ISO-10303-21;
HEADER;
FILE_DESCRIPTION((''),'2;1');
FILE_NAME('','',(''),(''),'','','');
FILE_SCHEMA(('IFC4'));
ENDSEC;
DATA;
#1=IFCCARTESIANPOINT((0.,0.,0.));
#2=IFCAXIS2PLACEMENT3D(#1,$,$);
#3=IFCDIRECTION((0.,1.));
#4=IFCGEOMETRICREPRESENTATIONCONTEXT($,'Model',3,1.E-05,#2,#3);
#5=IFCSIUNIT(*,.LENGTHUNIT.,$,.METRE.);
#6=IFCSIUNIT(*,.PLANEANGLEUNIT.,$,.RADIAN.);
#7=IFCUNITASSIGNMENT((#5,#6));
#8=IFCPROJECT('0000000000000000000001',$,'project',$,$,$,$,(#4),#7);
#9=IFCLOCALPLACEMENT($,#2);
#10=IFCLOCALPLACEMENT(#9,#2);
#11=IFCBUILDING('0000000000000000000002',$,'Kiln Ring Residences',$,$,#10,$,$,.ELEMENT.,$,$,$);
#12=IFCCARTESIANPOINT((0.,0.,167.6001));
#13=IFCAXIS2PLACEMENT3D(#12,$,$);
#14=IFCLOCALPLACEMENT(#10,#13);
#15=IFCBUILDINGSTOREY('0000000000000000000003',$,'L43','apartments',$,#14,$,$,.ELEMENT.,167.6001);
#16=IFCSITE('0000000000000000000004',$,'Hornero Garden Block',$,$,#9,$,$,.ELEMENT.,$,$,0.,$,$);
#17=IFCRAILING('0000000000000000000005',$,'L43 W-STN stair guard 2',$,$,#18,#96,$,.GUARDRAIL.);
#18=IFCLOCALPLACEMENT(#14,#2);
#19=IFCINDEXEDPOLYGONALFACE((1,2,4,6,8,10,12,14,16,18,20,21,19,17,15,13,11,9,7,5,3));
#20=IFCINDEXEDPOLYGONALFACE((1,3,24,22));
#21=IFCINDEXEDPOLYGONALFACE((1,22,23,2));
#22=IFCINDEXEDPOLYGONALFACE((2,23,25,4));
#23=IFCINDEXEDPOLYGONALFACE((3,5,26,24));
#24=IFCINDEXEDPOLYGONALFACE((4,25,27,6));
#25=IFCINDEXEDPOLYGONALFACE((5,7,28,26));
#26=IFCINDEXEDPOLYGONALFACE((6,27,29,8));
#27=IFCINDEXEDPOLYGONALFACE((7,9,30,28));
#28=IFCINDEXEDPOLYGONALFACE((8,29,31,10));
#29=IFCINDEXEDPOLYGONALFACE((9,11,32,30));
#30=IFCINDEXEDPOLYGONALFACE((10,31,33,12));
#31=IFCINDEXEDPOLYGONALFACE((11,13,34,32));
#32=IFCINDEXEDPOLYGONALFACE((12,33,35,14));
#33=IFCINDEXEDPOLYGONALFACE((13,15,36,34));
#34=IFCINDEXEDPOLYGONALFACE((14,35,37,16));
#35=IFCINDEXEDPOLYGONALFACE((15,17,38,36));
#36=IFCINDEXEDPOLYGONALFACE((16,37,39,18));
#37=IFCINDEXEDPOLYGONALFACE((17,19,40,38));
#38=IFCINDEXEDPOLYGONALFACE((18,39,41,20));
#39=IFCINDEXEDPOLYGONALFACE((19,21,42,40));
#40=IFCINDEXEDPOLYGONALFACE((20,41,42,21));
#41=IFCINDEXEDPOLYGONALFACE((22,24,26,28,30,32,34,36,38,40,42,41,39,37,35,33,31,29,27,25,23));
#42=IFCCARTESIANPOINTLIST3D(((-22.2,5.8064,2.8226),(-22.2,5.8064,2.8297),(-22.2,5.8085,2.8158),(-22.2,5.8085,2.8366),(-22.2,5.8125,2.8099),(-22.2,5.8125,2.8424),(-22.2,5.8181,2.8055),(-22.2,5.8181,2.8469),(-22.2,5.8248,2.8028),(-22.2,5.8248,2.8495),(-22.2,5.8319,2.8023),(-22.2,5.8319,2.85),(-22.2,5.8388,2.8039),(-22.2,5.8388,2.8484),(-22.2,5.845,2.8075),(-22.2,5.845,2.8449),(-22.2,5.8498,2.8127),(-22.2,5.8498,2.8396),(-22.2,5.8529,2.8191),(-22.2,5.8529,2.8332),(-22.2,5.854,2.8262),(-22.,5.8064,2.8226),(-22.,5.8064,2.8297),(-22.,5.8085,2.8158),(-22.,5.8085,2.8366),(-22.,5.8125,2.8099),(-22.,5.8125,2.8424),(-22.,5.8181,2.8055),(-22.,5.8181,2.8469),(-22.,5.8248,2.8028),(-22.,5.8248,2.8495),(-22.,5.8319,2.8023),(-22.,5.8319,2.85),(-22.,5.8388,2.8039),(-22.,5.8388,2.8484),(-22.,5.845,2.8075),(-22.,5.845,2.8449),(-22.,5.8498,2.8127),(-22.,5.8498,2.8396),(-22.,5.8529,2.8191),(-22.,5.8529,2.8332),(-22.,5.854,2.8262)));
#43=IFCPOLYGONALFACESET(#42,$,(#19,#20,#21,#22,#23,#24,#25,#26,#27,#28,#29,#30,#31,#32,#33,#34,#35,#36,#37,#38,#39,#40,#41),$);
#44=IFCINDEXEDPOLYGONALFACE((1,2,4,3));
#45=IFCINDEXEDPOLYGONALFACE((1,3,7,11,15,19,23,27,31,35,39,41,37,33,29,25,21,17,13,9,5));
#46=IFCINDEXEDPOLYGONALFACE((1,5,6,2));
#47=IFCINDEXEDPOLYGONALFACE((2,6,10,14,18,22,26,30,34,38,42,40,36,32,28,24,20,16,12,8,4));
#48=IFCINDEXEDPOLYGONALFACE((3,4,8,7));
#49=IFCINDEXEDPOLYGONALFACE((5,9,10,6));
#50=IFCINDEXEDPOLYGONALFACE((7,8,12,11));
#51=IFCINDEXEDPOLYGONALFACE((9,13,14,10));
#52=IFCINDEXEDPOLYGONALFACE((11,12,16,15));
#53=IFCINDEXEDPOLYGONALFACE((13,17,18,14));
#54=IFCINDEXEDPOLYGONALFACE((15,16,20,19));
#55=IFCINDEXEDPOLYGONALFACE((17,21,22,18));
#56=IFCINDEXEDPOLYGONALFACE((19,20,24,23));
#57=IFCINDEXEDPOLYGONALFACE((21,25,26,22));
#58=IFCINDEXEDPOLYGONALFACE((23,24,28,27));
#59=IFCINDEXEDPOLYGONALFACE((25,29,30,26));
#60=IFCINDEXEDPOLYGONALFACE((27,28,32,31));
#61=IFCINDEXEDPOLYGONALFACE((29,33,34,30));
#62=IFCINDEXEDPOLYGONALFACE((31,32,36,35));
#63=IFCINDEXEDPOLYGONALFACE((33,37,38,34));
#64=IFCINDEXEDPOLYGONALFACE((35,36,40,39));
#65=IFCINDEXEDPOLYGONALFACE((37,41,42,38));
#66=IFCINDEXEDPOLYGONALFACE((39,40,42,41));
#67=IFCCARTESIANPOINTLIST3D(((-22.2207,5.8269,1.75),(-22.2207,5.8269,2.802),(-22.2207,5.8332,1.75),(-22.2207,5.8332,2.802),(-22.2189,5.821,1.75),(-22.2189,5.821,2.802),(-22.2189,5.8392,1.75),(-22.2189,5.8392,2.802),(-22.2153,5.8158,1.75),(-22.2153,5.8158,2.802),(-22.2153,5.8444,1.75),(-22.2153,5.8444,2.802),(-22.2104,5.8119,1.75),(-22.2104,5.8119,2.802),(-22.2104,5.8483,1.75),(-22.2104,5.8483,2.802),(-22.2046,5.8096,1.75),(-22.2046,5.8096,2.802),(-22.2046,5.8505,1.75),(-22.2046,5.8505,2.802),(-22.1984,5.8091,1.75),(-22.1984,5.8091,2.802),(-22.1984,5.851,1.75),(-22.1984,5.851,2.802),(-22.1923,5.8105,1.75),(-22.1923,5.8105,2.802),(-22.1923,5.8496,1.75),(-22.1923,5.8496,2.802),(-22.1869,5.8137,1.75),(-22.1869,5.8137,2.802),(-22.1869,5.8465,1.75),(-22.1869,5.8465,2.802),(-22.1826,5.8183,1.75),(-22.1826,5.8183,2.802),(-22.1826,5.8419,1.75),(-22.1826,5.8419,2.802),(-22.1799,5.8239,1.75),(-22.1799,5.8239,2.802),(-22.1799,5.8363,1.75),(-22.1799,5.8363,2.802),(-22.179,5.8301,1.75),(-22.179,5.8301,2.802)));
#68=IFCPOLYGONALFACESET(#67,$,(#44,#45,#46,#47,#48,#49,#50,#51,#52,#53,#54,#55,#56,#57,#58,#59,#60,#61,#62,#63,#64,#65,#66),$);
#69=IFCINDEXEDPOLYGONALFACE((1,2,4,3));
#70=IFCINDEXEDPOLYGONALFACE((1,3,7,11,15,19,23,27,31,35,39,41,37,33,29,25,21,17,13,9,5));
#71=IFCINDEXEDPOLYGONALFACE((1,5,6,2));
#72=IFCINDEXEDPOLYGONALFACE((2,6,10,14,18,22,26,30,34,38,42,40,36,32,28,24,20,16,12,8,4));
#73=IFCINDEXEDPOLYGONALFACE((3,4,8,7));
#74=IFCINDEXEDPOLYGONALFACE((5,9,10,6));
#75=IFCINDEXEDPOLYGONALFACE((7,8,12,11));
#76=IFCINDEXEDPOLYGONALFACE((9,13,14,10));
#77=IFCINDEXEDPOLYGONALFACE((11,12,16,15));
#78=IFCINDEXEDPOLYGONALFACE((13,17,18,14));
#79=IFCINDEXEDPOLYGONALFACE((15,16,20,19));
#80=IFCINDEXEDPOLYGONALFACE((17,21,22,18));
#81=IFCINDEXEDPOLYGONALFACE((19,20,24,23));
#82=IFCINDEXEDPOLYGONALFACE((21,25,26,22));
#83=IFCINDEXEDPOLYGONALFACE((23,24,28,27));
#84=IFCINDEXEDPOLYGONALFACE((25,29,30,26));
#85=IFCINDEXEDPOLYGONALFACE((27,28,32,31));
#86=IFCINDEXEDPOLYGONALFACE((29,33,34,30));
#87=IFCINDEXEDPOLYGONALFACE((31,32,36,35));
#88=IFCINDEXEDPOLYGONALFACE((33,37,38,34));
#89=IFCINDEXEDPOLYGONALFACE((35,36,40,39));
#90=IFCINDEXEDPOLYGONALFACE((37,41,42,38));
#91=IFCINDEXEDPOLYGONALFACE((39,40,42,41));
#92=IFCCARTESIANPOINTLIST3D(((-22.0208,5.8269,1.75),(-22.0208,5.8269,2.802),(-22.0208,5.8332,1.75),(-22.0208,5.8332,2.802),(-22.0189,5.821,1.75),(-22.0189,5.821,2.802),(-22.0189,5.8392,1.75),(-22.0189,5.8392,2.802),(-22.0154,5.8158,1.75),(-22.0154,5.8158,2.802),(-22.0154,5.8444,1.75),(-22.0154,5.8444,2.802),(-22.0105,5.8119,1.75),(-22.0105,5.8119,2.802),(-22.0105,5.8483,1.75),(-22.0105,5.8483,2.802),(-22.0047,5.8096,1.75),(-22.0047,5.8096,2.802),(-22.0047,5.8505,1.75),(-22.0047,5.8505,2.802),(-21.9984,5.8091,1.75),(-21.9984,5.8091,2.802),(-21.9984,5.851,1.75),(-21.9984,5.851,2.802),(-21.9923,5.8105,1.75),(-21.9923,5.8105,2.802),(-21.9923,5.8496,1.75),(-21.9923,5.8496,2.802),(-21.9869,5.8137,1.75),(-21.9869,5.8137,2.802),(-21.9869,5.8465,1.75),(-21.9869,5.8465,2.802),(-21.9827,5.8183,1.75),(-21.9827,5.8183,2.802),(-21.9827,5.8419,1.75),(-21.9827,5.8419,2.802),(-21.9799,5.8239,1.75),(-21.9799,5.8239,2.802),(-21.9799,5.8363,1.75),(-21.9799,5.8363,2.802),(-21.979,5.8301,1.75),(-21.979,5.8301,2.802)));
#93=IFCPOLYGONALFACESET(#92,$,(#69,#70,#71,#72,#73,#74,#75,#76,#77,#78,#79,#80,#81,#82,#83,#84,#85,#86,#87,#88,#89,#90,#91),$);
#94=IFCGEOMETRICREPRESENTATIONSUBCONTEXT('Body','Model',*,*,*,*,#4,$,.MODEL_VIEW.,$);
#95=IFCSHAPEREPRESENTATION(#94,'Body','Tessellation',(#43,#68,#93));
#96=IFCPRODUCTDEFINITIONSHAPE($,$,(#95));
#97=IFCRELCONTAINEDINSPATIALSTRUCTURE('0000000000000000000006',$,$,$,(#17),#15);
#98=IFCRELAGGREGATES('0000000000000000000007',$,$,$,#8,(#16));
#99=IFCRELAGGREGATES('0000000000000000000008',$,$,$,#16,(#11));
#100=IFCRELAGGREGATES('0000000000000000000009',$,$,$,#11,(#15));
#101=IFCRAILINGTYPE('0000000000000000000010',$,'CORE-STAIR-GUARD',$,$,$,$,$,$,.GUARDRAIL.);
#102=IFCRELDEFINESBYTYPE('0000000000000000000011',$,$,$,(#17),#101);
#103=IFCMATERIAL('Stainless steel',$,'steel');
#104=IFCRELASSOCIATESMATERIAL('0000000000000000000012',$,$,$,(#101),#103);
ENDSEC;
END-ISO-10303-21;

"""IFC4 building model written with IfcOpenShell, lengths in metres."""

from ifc_helpers import new_model, si_unit, direction, frame, origin, origin_2d, place, context, subcontext, project, spatial, circle, extrude, material, type_object, element, save


model = new_model("IFC4")

# Units and contexts
model_context = context("Model", 3, precision=1e-05, world=origin(), true_north=direction((0.0, 1.0)))
body_context = subcontext(model_context, "Body", "Model", "MODEL_VIEW")
ifc_project = project(units=[si_unit("LENGTHUNIT", "METRE"), si_unit("PLANEANGLEUNIT", "RADIAN")], contexts=[model_context])

# Site, building, storey
site_placement = place(None, origin())
site = spatial("IfcSite", under=ifc_project, at=site_placement, Name="Hornero Garden Block", CompositionType="ELEMENT", RefElevation=0.0)
building_placement = place(site_placement, origin())
building = spatial("IfcBuilding", under=site, at=building_placement, Name="Kiln Ring Residences", CompositionType="ELEMENT")
storey_placement = place(building_placement, frame((0.0, 0.0, 167.6001)))
storey = spatial("IfcBuildingStorey", under=building, at=storey_placement, Name="L43", Description="apartments", CompositionType="ELEMENT", Elevation=167.6001)

# Railing
ifc_material_1 = material(Name="Stainless steel", Category="steel")
railing_type_1 = type_object("IfcRailingType", Name="CORE-STAIR-GUARD", PredefinedType="GUARDRAIL", material=ifc_material_1)
railing_1_placement = place(storey_placement, frame((-22.2, 5.8301, 1.75)))
element("IfcRailing", 1, at=railing_1_placement, inside=storey, type_object=railing_type_1, Name="L43 W-STN stair guard 2", PredefinedType="GUARDRAIL", context=body_context, shape_type="SweptSolid", body=[
    extrude(circle(Radius=0.0239, at=origin_2d()), frame((0.0, 0.0, 1.0762), z_axis=(1.0, 0.0, 0.0), x_axis=(0.0, 1.0, 0.0)), (0.0, 0.0, 1.0), 0.2),
    extrude(circle(Radius=0.021, at=origin_2d()), origin(), (0.0, 0.0, 1.0), 1.052),
    extrude(circle(Radius=0.021, at=origin_2d()), frame((0.2, 0.0, 0.0)), (0.0, 0.0, 1.0), 1.052),
])

save(model, "model.ifc")
